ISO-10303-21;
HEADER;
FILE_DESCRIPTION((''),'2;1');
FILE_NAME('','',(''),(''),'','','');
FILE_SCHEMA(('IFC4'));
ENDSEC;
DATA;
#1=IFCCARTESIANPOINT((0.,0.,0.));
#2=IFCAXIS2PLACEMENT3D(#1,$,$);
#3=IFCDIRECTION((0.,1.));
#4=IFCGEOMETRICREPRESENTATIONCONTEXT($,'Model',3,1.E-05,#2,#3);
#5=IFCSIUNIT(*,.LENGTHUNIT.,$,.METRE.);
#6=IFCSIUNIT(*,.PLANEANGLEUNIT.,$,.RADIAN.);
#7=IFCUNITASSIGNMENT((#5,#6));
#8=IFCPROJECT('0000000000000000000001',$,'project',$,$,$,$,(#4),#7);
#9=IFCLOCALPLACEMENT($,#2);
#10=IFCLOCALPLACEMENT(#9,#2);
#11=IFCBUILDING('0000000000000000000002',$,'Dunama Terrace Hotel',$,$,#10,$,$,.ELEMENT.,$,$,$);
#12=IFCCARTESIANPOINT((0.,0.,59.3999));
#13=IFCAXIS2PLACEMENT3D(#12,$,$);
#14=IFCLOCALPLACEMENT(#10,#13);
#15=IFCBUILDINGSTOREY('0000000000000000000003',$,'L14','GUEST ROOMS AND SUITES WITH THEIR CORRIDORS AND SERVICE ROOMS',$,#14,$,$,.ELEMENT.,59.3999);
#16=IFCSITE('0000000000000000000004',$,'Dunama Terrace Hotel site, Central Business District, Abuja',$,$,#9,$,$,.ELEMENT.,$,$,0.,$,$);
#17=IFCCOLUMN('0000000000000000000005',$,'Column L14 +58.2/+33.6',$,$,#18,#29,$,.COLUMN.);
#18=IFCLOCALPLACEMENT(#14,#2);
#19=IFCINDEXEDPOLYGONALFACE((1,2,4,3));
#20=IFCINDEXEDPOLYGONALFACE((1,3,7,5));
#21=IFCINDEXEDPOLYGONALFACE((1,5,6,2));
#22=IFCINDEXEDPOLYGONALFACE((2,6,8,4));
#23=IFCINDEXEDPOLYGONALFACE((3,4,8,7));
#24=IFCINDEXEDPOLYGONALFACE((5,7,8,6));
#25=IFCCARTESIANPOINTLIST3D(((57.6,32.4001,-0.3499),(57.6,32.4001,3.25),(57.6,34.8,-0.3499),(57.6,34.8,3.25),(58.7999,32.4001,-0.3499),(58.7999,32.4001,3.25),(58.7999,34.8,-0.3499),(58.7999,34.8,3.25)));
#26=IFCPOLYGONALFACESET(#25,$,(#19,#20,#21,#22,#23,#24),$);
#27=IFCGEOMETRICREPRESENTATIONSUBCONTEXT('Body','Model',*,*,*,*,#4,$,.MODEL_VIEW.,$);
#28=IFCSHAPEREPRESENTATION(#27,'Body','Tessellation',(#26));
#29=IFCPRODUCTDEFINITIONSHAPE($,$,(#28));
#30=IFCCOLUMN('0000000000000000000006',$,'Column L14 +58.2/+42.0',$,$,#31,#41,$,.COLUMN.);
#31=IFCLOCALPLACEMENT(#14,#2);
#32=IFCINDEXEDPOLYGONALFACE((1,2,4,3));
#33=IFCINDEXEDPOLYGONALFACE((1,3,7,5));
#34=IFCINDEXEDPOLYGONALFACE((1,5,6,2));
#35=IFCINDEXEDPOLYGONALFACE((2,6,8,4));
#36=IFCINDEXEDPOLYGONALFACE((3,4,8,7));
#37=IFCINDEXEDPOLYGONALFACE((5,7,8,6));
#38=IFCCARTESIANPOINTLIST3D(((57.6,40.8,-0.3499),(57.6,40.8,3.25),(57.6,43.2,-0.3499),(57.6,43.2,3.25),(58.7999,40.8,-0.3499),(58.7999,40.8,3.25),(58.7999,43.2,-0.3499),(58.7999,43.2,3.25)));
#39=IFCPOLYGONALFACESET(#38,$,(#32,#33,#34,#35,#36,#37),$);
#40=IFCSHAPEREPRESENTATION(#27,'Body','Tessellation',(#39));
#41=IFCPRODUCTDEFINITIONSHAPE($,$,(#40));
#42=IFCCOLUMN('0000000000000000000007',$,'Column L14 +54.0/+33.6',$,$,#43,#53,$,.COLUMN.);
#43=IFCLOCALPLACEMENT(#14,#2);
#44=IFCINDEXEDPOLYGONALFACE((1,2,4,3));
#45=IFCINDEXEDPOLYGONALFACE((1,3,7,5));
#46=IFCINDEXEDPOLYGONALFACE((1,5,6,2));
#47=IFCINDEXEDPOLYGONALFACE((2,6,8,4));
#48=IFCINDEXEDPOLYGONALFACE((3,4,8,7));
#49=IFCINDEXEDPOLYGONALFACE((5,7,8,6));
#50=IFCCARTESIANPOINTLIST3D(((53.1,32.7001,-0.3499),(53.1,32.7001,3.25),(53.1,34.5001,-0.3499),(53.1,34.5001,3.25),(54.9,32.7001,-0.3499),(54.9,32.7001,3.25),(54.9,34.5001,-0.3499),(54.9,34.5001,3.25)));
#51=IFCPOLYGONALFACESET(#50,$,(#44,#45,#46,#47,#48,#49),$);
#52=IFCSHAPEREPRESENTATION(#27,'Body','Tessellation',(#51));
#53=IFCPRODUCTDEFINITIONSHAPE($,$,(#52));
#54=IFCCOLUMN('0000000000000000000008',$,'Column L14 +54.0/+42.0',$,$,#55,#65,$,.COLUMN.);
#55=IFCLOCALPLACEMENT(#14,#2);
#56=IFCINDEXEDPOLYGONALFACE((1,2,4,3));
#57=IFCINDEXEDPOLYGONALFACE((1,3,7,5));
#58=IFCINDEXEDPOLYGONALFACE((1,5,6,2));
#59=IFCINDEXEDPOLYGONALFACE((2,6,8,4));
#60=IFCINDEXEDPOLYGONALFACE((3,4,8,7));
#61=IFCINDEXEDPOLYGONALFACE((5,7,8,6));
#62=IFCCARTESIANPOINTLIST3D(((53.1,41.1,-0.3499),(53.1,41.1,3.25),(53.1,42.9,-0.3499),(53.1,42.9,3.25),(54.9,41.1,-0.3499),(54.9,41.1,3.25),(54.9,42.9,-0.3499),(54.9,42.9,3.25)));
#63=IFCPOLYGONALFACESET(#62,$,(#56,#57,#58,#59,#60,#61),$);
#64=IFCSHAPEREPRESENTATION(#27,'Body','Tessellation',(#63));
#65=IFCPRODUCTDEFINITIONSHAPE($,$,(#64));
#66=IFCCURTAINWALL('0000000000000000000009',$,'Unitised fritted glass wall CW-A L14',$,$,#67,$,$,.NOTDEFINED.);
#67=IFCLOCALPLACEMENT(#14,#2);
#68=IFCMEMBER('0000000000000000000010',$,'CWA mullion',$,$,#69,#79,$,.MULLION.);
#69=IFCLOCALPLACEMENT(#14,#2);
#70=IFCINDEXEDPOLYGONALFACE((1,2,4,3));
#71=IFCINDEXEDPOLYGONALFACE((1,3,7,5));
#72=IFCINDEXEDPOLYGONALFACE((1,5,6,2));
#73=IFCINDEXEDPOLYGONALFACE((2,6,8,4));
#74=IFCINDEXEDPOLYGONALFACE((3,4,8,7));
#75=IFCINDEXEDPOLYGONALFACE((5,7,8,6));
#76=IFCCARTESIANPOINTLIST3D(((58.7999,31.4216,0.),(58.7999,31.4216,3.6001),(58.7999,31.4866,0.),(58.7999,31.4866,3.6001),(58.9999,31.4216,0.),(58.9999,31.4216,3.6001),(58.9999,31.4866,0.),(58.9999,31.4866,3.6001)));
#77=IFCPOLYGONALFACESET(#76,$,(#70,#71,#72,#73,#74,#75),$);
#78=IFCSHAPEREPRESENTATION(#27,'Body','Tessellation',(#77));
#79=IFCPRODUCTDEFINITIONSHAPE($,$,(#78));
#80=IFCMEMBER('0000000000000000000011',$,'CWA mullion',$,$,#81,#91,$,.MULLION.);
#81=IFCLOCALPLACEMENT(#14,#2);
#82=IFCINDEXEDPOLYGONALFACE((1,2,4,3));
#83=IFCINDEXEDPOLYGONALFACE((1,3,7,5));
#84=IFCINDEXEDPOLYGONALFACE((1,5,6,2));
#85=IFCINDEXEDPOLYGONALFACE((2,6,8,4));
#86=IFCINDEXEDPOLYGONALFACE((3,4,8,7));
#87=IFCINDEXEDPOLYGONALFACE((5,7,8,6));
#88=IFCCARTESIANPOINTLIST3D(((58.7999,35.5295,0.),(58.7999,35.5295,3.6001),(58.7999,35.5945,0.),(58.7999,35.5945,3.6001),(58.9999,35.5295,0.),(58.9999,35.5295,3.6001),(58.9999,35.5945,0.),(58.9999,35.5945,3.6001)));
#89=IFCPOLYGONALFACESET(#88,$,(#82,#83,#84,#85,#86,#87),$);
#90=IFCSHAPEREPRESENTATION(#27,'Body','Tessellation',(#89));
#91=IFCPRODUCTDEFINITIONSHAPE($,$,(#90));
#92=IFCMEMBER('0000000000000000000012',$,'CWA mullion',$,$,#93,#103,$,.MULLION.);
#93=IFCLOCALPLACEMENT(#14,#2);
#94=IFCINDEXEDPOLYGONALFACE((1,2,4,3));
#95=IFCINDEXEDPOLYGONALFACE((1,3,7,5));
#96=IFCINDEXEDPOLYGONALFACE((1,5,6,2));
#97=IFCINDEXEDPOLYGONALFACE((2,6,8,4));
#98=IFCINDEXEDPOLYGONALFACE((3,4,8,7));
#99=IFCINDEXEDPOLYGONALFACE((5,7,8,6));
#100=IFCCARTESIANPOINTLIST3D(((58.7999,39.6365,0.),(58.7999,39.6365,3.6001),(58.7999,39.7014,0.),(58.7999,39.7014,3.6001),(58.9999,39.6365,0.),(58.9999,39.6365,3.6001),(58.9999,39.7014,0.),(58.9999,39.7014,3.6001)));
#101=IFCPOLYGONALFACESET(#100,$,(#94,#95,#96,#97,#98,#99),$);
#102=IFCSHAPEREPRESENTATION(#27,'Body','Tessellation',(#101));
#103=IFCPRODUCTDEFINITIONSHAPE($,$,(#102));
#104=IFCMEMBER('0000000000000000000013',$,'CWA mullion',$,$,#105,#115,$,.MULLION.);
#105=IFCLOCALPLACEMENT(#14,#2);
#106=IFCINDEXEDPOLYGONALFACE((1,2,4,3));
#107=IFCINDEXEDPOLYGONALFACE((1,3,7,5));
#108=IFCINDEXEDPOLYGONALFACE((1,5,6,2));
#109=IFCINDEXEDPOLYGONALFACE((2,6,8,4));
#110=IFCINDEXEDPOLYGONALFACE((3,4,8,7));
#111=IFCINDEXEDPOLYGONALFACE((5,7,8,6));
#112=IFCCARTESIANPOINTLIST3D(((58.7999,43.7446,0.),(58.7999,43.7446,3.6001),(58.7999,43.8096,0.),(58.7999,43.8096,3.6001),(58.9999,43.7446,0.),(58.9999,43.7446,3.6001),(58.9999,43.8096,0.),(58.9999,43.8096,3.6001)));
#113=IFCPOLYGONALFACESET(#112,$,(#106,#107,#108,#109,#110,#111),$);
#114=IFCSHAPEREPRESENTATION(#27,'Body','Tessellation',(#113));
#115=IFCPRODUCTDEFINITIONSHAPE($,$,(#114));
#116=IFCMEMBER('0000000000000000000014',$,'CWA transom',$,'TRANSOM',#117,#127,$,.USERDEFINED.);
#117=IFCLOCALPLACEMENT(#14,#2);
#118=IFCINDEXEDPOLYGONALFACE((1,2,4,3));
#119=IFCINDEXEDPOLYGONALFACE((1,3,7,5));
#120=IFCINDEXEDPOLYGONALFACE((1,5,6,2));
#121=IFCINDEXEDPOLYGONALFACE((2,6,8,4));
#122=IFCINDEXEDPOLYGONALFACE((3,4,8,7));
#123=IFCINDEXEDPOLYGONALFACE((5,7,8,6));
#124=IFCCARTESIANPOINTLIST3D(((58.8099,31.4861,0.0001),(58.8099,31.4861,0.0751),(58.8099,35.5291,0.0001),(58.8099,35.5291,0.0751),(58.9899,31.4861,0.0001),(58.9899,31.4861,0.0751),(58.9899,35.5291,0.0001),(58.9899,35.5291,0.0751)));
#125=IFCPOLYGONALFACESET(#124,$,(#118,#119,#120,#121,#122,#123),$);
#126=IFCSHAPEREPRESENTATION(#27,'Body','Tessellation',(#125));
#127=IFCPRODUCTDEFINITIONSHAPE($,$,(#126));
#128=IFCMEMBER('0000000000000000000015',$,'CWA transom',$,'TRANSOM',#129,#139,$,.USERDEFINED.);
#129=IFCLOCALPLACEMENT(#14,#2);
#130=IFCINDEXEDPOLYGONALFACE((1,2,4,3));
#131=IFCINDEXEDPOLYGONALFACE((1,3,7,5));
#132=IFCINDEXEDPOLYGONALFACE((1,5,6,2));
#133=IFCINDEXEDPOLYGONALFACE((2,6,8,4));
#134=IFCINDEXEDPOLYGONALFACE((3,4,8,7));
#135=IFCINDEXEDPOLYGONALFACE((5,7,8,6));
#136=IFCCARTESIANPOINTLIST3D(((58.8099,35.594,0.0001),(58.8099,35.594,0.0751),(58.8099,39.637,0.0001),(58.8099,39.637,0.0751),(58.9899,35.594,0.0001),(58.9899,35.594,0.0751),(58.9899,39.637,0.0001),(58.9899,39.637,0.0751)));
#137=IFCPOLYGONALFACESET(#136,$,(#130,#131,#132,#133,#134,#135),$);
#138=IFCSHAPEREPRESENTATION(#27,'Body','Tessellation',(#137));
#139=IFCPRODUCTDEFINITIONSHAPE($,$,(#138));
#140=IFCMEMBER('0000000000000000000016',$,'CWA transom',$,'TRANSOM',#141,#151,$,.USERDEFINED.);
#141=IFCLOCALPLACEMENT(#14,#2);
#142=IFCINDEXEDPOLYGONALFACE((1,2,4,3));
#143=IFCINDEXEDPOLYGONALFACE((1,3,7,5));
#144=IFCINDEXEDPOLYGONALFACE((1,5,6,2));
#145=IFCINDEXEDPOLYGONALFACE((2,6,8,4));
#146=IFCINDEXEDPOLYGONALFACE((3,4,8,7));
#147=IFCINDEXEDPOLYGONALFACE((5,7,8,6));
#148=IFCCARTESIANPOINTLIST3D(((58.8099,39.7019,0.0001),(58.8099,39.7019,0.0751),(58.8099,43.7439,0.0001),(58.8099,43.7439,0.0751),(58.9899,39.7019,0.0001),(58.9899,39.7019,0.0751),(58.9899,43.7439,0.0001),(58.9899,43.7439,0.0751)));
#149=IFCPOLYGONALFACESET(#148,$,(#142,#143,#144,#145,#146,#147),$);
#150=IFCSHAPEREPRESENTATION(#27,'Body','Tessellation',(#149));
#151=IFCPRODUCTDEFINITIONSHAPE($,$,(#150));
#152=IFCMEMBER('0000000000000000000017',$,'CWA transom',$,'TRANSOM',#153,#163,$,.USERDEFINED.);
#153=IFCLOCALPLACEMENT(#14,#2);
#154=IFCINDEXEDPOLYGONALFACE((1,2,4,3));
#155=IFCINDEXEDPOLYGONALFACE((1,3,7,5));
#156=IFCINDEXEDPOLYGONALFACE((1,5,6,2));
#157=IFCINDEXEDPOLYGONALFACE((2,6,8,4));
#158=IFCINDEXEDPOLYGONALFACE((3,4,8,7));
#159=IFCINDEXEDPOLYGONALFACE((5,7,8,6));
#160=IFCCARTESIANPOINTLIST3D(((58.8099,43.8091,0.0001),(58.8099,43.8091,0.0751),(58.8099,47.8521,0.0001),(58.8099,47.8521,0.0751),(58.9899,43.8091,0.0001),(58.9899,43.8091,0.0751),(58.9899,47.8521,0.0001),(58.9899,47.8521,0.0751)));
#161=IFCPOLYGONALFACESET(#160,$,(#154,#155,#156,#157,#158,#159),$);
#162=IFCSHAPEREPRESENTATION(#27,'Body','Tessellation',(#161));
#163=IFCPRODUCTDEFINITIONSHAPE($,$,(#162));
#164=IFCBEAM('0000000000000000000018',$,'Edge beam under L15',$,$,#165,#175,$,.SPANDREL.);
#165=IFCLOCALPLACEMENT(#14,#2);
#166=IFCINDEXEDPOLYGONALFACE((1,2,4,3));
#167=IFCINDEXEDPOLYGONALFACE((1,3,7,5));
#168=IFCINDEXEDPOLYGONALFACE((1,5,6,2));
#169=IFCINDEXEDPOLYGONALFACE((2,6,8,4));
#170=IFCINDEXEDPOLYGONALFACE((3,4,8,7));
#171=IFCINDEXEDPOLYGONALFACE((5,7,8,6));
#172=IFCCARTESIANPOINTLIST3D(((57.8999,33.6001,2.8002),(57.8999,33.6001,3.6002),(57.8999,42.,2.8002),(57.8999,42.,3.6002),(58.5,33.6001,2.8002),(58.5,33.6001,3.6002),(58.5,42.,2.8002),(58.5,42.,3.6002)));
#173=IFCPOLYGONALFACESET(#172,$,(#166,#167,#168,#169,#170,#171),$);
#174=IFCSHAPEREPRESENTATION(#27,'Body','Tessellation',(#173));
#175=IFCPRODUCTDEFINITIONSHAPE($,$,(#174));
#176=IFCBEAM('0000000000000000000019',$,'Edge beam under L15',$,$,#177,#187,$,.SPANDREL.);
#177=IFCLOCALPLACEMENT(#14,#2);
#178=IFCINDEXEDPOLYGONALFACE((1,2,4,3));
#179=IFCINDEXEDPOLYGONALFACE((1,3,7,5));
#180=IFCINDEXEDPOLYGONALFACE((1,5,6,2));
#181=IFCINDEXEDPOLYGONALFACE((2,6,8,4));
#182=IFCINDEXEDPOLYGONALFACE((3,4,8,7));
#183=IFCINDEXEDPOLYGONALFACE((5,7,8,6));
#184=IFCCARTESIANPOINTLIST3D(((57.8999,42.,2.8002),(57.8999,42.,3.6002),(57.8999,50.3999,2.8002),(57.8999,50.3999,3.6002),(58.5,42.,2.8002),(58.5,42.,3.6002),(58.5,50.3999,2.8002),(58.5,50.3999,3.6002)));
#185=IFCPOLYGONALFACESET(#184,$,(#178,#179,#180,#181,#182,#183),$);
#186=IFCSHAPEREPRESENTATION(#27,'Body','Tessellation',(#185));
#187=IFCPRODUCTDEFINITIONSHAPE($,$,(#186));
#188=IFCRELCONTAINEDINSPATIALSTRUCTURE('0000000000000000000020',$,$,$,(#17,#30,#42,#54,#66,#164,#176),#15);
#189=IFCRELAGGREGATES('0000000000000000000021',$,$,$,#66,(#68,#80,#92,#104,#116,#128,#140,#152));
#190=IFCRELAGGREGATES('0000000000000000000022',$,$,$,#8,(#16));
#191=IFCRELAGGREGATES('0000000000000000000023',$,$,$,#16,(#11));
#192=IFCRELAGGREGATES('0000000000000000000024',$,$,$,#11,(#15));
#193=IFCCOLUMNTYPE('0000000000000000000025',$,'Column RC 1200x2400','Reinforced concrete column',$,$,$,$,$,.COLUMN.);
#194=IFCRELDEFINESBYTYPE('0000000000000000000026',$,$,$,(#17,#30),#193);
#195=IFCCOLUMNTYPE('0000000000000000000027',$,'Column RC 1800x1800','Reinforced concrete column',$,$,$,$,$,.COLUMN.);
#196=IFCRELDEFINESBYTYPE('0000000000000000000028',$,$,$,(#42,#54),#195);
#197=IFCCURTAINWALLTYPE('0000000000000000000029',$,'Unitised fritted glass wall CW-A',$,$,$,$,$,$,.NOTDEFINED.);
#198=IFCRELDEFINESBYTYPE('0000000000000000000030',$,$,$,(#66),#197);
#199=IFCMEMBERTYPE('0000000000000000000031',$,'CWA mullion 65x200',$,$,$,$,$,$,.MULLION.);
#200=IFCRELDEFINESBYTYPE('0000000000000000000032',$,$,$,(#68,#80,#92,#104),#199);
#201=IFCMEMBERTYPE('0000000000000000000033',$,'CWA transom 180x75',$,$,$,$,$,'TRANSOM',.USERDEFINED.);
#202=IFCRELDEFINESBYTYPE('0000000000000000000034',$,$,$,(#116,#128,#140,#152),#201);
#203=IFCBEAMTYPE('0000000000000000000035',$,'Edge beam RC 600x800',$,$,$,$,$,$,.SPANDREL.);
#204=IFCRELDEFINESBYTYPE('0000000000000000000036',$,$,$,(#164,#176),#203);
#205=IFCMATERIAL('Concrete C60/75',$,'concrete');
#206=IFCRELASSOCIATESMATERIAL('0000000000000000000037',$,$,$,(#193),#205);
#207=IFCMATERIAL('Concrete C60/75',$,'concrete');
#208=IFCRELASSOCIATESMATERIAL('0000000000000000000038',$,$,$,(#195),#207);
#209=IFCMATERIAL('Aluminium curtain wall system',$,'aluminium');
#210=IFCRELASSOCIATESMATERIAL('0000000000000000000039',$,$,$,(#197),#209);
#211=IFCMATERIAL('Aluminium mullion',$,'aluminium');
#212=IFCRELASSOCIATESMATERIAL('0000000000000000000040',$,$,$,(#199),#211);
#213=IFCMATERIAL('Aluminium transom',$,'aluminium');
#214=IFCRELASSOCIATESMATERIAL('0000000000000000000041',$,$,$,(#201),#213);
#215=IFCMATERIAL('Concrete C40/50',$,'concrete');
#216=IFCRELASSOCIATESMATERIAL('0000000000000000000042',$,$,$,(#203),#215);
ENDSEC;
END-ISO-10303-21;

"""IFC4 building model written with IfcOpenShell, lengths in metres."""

from ifc_helpers import new_model, si_unit, direction, frame, origin, origin_2d, place, context, subcontext, project, spatial, rectangle, extrude, material, material_profile, profile_set, type_object, element, aggregate, save


model = new_model("IFC4")

# Units and contexts
model_context = context("Model", 3, precision=1e-05, world=origin(), true_north=direction((0.0, 1.0)))
body_context = subcontext(model_context, "Body", "Model", "MODEL_VIEW")
ifc_project = project(units=[si_unit("LENGTHUNIT", "METRE"), si_unit("PLANEANGLEUNIT", "RADIAN")], contexts=[model_context])

# Site, building, storey
site_placement = place(None, origin())
site = spatial("IfcSite", under=ifc_project, at=site_placement, Name="Dunama Terrace Hotel site, Central Business District, Abuja", CompositionType="ELEMENT", RefElevation=0.0)
building_placement = place(site_placement, origin())
building = spatial("IfcBuilding", under=site, at=building_placement, Name="Dunama Terrace Hotel", CompositionType="ELEMENT")
storey_placement = place(building_placement, frame((0.0, 0.0, 59.3999)))
storey = spatial("IfcBuildingStorey", under=building, at=storey_placement, Name="L14", Description="GUEST ROOMS AND SUITES WITH THEIR CORRIDORS AND SERVICE ROOMS", CompositionType="ELEMENT", Elevation=59.3999)

# Columns
ifc_material_1 = material(Name="Concrete C60/75", Category="concrete")
ifc_material_profile_1 = material_profile(ifc_material_1, rectangle(XDim=1.2, YDim=2.3999, at=origin_2d()), Name="RC 1200x2400")
ifc_profile_set_1 = profile_set([ifc_material_profile_1], Name="Concrete C60/75")
column_type_1 = type_object("IfcColumnType", Name="Column RC 1200x2400", Description="Reinforced concrete column", PredefinedType="COLUMN", material=ifc_profile_set_1)
for number, where, z_axis, x_axis, name in (
    (1, (58.2, 33.6001, -0.3499), (0.0, 0.0, 1.0), (1.0, 0.0, 0.0), "Column L14 +58.2/+33.6"),
    (2, (58.2, 42.0, -0.3499), (0.0, 0.0, 1.0), (1.0, 0.0, 0.0), "Column L14 +58.2/+42.0"),
):
    element("IfcColumn", number, at=place(storey_placement, frame(where, z_axis=z_axis, x_axis=x_axis)), inside=storey, type_object=column_type_1, Name=name, PredefinedType="COLUMN", context=body_context, shape_type="SweptSolid", body=[
        extrude(rectangle(XDim=1.2, YDim=2.3999, at=origin_2d()), origin(), (0.0, 0.0, 1.0), 3.5999),
    ])
ifc_material_2 = material(Name="Concrete C60/75", Category="concrete")
ifc_material_profile_2 = material_profile(ifc_material_2, rectangle(XDim=1.8, YDim=1.8, at=origin_2d()), Name="RC 1800x1800")
ifc_profile_set_2 = profile_set([ifc_material_profile_2], Name="Concrete C60/75")
column_type_2 = type_object("IfcColumnType", Name="Column RC 1800x1800", Description="Reinforced concrete column", PredefinedType="COLUMN", material=ifc_profile_set_2)
for number, where, z_axis, x_axis, name in (
    (3, (54.0, 33.6001, -0.3499), (0.0, 0.0, 1.0), (1.0, 0.0, 0.0), "Column L14 +54.0/+33.6"),
    (4, (54.0, 42.0, -0.3499), (0.0, 0.0, 1.0), (1.0, 0.0, 0.0), "Column L14 +54.0/+42.0"),
):
    element("IfcColumn", number, at=place(storey_placement, frame(where, z_axis=z_axis, x_axis=x_axis)), inside=storey, type_object=column_type_2, Name=name, PredefinedType="COLUMN", context=body_context, shape_type="SweptSolid", body=[
        extrude(rectangle(XDim=1.8, YDim=1.8, at=origin_2d()), origin(), (0.0, 0.0, 1.0), 3.5999),
    ])

# Curtain wall, members
ifc_material_3 = material(Name="Aluminium curtain wall system", Category="aluminium")
curtain_wall_type = type_object("IfcCurtainWallType", Name="Unitised fritted glass wall CW-A", PredefinedType="NOTDEFINED", material=ifc_material_3)
curtain_wall_placement = place(storey_placement, origin())
curtain_wall = element("IfcCurtainWall", 5, at=curtain_wall_placement, inside=storey, type_object=curtain_wall_type, Name="Unitised fritted glass wall CW-A L14", PredefinedType="NOTDEFINED")
ifc_material_4 = material(Name="Aluminium mullion", Category="aluminium")
ifc_material_profile_3 = material_profile(ifc_material_4, rectangle(XDim=0.0649, YDim=0.2, at=origin_2d()), Name="CWA MULLION 65X200")
ifc_profile_set_3 = profile_set([ifc_material_profile_3], Name="Aluminium mullion")
member_type_1 = type_object("IfcMemberType", Name="CWA mullion 65x200", PredefinedType="MULLION", material=ifc_profile_set_3)
member_1_placement = place(storey_placement, frame((58.8999, 31.4541, 0.0), z_axis=(0.0, 0.0, 1.0), x_axis=(0.0, 1.0, 0.0)))
member_1 = element("IfcMember", 6, at=member_1_placement, type_object=member_type_1, Name="CWA mullion", PredefinedType="MULLION", context=body_context, shape_type="SweptSolid", body=[
    extrude(rectangle(XDim=0.0649, YDim=0.2, at=origin_2d()), origin(), (0.0, 0.0, 1.0), 3.6001),
])
member_2_placement = place(storey_placement, frame((58.8999, 35.562, 0.0), z_axis=(0.0, 0.0, 1.0), x_axis=(0.0, 1.0, 0.0)))
member_2 = element("IfcMember", 7, at=member_2_placement, type_object=member_type_1, Name="CWA mullion", PredefinedType="MULLION", context=body_context, shape_type="SweptSolid", body=[
    extrude(rectangle(XDim=0.0649, YDim=0.2, at=origin_2d()), origin(), (0.0, 0.0, 1.0), 3.6001),
])
member_3_placement = place(storey_placement, frame((58.8999, 39.6689, 0.0), z_axis=(0.0, 0.0, 1.0), x_axis=(0.0, 1.0, 0.0)))
member_3 = element("IfcMember", 8, at=member_3_placement, type_object=member_type_1, Name="CWA mullion", PredefinedType="MULLION", context=body_context, shape_type="SweptSolid", body=[
    extrude(rectangle(XDim=0.0649, YDim=0.2, at=origin_2d()), origin(), (0.0, 0.0, 1.0), 3.6001),
])
member_4_placement = place(storey_placement, frame((58.8999, 43.7771, 0.0), z_axis=(0.0, 0.0, 1.0), x_axis=(0.0, 1.0, 0.0)))
member_4 = element("IfcMember", 9, at=member_4_placement, type_object=member_type_1, Name="CWA mullion", PredefinedType="MULLION", context=body_context, shape_type="SweptSolid", body=[
    extrude(rectangle(XDim=0.0649, YDim=0.2, at=origin_2d()), origin(), (0.0, 0.0, 1.0), 3.6001),
])
ifc_material_5 = material(Name="Aluminium transom", Category="aluminium")
ifc_material_profile_4 = material_profile(ifc_material_5, rectangle(XDim=0.1799, YDim=0.075, at=origin_2d()), Name="CWA TRANSOM 180X75")
ifc_profile_set_4 = profile_set([ifc_material_profile_4], Name="Aluminium transom")
member_type_2 = type_object("IfcMemberType", Name="CWA transom 180x75", ElementType="TRANSOM", PredefinedType="USERDEFINED", material=ifc_profile_set_4)
member_5_placement = place(storey_placement, frame((58.8999, 31.4861, 0.0376), z_axis=(0.0, 1.0, 0.0), x_axis=(-1.0, 0.0, 0.0)))
member_5 = element("IfcMember", 10, at=member_5_placement, type_object=member_type_2, Name="CWA transom", ObjectType="TRANSOM", PredefinedType="USERDEFINED", context=body_context, shape_type="SweptSolid", body=[
    extrude(rectangle(XDim=0.1799, YDim=0.075, at=origin_2d()), origin(), (0.0, 0.0, 1.0), 4.043),
])
member_6_placement = place(storey_placement, frame((58.8999, 35.594, 0.0376), z_axis=(0.0, 1.0, 0.0), x_axis=(-1.0, 0.0, 0.0)))
member_6 = element("IfcMember", 11, at=member_6_placement, type_object=member_type_2, Name="CWA transom", ObjectType="TRANSOM", PredefinedType="USERDEFINED", context=body_context, shape_type="SweptSolid", body=[
    extrude(rectangle(XDim=0.1799, YDim=0.075, at=origin_2d()), origin(), (0.0, 0.0, 1.0), 4.043),
])
member_7_placement = place(storey_placement, frame((58.8999, 39.7019, 0.0376), z_axis=(0.0, 1.0, 0.0), x_axis=(-1.0, 0.0, 0.0)))
member_7 = element("IfcMember", 12, at=member_7_placement, type_object=member_type_2, Name="CWA transom", ObjectType="TRANSOM", PredefinedType="USERDEFINED", context=body_context, shape_type="SweptSolid", body=[
    extrude(rectangle(XDim=0.1799, YDim=0.075, at=origin_2d()), origin(), (0.0, 0.0, 1.0), 4.042),
])
member_8_placement = place(storey_placement, frame((58.8999, 43.8091, 0.0376), z_axis=(0.0, 1.0, 0.0), x_axis=(-1.0, 0.0, 0.0)))
member_8 = element("IfcMember", 13, at=member_8_placement, type_object=member_type_2, Name="CWA transom", ObjectType="TRANSOM", PredefinedType="USERDEFINED", context=body_context, shape_type="SweptSolid", body=[
    extrude(rectangle(XDim=0.1799, YDim=0.075, at=origin_2d()), origin(), (0.0, 0.0, 1.0), 4.043),
])

# Beams
ifc_material_6 = material(Name="Concrete C40/50", Category="concrete")
ifc_material_profile_5 = material_profile(ifc_material_6, rectangle(XDim=0.6001, YDim=0.8, at=origin_2d()), Name="RC 600x800")
ifc_profile_set_5 = profile_set([ifc_material_profile_5], Name="Concrete C40/50")
beam_type = type_object("IfcBeamType", Name="Edge beam RC 600x800", PredefinedType="SPANDREL", material=ifc_profile_set_5)
for number, where, z_axis, x_axis, name in (
    (14, (58.2, 33.6001, 3.2002), (0.0, 1.0, 0.0), (-1.0, 0.0, 0.0), "Edge beam under L15"),
    (15, (58.2, 42.0, 3.2002), (0.0, 1.0, 0.0), (-1.0, 0.0, 0.0), "Edge beam under L15"),
):
    element("IfcBeam", number, at=place(storey_placement, frame(where, z_axis=z_axis, x_axis=x_axis)), inside=storey, type_object=beam_type, Name=name, PredefinedType="SPANDREL", context=body_context, shape_type="SweptSolid", body=[
        extrude(rectangle(XDim=0.6001, YDim=0.8, at=origin_2d()), origin(), (0.0, 0.0, 1.0), 8.3999),
    ])

aggregate(curtain_wall, [member_1, member_2, member_3, member_4, member_5, member_6, member_7, member_8])

save(model, "model.ifc")
